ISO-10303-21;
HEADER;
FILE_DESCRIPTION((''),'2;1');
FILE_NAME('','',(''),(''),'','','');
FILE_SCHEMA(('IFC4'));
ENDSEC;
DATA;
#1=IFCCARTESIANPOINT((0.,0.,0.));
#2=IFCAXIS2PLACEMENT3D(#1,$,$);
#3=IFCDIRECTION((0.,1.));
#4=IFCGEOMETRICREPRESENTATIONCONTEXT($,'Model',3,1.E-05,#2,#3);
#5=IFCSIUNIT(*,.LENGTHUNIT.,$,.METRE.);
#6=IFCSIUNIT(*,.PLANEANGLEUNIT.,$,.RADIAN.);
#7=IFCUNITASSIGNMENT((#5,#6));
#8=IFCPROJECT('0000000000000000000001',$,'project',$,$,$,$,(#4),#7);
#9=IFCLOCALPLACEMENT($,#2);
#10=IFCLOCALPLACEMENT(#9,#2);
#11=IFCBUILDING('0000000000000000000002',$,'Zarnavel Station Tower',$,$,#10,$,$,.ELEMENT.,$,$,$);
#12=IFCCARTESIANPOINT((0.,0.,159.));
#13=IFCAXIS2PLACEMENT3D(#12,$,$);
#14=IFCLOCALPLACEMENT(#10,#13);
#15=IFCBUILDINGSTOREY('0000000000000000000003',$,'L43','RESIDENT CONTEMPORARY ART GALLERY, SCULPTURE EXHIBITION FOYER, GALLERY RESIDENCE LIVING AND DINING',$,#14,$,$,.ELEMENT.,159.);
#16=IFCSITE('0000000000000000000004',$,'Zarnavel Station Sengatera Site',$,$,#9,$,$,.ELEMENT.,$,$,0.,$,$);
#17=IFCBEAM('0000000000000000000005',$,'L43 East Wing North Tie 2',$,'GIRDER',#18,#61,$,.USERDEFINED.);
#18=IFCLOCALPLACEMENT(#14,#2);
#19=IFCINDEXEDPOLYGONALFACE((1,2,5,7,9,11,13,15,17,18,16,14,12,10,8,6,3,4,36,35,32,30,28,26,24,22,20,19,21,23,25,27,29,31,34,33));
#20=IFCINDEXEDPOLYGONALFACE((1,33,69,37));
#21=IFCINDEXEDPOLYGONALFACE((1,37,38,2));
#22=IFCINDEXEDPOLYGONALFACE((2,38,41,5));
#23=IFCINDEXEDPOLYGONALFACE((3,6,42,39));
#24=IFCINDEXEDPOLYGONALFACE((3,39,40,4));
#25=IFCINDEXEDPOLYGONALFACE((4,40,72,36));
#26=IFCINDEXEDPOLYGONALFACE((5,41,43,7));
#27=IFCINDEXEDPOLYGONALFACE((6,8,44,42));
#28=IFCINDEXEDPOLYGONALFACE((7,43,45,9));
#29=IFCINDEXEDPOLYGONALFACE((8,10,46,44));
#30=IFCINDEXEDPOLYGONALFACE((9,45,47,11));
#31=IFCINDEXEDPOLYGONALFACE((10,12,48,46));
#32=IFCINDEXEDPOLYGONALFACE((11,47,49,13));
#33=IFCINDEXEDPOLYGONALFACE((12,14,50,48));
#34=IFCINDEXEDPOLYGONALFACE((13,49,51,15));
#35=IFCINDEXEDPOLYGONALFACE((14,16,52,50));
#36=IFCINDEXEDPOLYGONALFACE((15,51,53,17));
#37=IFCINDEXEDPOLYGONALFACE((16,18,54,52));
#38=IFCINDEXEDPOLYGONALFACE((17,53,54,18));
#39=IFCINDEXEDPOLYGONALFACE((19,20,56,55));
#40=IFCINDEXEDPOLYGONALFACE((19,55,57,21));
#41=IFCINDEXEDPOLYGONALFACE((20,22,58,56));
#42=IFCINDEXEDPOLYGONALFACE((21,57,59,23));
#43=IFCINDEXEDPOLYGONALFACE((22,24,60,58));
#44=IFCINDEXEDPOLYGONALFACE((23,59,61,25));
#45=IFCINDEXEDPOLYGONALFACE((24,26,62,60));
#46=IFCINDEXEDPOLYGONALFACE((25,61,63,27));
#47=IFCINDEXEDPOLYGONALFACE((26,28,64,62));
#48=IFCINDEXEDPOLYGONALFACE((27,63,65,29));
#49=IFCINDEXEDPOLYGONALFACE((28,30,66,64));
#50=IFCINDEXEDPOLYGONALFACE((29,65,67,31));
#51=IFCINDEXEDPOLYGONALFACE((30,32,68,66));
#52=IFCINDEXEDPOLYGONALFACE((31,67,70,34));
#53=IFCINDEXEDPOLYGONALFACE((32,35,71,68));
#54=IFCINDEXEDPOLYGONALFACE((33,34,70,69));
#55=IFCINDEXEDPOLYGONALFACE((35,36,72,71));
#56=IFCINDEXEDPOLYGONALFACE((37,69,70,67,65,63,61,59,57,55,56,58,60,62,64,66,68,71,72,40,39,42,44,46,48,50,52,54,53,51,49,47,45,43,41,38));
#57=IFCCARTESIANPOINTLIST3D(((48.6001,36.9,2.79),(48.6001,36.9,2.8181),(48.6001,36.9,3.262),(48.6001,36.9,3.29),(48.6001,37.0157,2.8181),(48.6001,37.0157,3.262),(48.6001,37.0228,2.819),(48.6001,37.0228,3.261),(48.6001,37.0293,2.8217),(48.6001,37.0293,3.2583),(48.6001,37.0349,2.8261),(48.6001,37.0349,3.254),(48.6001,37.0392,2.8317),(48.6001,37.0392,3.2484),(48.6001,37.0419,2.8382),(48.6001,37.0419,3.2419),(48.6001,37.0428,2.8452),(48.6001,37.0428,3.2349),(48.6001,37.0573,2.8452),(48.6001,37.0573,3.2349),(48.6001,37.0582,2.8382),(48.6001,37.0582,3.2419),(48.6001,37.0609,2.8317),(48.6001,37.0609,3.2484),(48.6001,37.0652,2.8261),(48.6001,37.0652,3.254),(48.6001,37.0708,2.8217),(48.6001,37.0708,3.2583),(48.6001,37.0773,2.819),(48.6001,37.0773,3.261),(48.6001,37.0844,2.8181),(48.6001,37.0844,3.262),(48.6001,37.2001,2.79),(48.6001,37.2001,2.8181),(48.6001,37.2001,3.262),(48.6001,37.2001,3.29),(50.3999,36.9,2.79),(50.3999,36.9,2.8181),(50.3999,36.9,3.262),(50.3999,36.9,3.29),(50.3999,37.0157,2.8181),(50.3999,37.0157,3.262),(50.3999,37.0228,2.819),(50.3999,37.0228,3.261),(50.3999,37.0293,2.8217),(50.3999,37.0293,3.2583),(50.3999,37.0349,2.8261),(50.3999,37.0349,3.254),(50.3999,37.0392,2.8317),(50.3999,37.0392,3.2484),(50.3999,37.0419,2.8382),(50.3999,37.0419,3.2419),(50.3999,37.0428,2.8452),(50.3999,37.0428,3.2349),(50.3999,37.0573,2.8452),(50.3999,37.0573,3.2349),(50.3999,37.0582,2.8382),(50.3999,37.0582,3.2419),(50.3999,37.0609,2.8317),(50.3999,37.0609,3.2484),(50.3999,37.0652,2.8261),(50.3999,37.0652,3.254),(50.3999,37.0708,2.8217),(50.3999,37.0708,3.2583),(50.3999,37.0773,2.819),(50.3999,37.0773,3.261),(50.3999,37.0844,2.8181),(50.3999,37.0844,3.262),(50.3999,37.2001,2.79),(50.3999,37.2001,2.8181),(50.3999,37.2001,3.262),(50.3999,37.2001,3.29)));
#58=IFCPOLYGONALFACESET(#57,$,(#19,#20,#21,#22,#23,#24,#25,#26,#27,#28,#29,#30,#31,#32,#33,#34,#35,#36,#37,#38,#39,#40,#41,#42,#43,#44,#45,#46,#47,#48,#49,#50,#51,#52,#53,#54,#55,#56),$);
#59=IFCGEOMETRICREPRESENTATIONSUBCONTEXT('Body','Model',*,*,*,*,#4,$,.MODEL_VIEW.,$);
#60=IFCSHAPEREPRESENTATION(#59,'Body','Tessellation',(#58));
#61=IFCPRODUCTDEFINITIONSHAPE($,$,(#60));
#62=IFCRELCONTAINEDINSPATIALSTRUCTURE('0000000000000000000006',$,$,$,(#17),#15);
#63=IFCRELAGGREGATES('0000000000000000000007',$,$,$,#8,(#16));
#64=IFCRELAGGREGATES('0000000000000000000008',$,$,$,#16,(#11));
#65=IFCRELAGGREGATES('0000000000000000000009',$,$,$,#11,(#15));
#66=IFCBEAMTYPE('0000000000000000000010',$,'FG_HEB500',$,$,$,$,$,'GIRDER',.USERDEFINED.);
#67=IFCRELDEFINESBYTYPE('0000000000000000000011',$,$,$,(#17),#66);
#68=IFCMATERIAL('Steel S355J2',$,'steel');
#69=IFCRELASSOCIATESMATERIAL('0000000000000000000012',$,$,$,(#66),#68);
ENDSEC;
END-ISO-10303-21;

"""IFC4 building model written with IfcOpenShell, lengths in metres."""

from ifc_helpers import new_model, si_unit, direction, frame, origin, origin_2d, place, context, subcontext, project, spatial, i_section, extrude, material, material_profile, profile_set, type_object, element, save


model = new_model("IFC4")

# Units and contexts
model_context = context("Model", 3, precision=1e-05, world=origin(), true_north=direction((0.0, 1.0)))
body_context = subcontext(model_context, "Body", "Model", "MODEL_VIEW")
ifc_project = project(units=[si_unit("LENGTHUNIT", "METRE"), si_unit("PLANEANGLEUNIT", "RADIAN")], contexts=[model_context])

# Site, building, storey
site_placement = place(None, origin())
site = spatial("IfcSite", under=ifc_project, at=site_placement, Name="Zarnavel Station Sengatera Site", CompositionType="ELEMENT", RefElevation=0.0)
building_placement = place(site_placement, origin())
building = spatial("IfcBuilding", under=site, at=building_placement, Name="Zarnavel Station Tower", CompositionType="ELEMENT")
storey_placement = place(building_placement, frame((0.0, 0.0, 159.0)))
storey = spatial("IfcBuildingStorey", under=building, at=storey_placement, Name="L43", Description="RESIDENT CONTEMPORARY ART GALLERY, SCULPTURE EXHIBITION FOYER, GALLERY RESIDENCE LIVING AND DINING", CompositionType="ELEMENT", Elevation=159.0)

# Beam
ifc_material_1 = material(Name="Steel S355J2", Category="steel")
ifc_material_profile_1 = material_profile(ifc_material_1, i_section(OverallWidth=0.3, OverallDepth=0.5, WebThickness=0.0144, FlangeThickness=0.0281, FilletRadius=0.0271, at=origin_2d()), Name="HEB500")
ifc_profile_set_1 = profile_set([ifc_material_profile_1], Name="Steel S355J2")
beam_type = type_object("IfcBeamType", Name="FG_HEB500", ElementType="GIRDER", PredefinedType="USERDEFINED", material=ifc_profile_set_1)
beam_1_placement = place(storey_placement, frame((48.6001, 37.05, 3.04), z_axis=(1.0, 0.0, 0.0), x_axis=(0.0, 1.0, 0.0)))
element("IfcBeam", 1, at=beam_1_placement, inside=storey, type_object=beam_type, Name="L43 East Wing North Tie 2", ObjectType="GIRDER", PredefinedType="USERDEFINED", context=body_context, shape_type="SweptSolid", body=[
    extrude(i_section(OverallWidth=0.3, OverallDepth=0.5, WebThickness=0.0144, FlangeThickness=0.0281, FilletRadius=0.0271, at=origin_2d()), origin(), (0.0, 0.0, 1.0), 1.7998),
])

save(model, "model.ifc")
